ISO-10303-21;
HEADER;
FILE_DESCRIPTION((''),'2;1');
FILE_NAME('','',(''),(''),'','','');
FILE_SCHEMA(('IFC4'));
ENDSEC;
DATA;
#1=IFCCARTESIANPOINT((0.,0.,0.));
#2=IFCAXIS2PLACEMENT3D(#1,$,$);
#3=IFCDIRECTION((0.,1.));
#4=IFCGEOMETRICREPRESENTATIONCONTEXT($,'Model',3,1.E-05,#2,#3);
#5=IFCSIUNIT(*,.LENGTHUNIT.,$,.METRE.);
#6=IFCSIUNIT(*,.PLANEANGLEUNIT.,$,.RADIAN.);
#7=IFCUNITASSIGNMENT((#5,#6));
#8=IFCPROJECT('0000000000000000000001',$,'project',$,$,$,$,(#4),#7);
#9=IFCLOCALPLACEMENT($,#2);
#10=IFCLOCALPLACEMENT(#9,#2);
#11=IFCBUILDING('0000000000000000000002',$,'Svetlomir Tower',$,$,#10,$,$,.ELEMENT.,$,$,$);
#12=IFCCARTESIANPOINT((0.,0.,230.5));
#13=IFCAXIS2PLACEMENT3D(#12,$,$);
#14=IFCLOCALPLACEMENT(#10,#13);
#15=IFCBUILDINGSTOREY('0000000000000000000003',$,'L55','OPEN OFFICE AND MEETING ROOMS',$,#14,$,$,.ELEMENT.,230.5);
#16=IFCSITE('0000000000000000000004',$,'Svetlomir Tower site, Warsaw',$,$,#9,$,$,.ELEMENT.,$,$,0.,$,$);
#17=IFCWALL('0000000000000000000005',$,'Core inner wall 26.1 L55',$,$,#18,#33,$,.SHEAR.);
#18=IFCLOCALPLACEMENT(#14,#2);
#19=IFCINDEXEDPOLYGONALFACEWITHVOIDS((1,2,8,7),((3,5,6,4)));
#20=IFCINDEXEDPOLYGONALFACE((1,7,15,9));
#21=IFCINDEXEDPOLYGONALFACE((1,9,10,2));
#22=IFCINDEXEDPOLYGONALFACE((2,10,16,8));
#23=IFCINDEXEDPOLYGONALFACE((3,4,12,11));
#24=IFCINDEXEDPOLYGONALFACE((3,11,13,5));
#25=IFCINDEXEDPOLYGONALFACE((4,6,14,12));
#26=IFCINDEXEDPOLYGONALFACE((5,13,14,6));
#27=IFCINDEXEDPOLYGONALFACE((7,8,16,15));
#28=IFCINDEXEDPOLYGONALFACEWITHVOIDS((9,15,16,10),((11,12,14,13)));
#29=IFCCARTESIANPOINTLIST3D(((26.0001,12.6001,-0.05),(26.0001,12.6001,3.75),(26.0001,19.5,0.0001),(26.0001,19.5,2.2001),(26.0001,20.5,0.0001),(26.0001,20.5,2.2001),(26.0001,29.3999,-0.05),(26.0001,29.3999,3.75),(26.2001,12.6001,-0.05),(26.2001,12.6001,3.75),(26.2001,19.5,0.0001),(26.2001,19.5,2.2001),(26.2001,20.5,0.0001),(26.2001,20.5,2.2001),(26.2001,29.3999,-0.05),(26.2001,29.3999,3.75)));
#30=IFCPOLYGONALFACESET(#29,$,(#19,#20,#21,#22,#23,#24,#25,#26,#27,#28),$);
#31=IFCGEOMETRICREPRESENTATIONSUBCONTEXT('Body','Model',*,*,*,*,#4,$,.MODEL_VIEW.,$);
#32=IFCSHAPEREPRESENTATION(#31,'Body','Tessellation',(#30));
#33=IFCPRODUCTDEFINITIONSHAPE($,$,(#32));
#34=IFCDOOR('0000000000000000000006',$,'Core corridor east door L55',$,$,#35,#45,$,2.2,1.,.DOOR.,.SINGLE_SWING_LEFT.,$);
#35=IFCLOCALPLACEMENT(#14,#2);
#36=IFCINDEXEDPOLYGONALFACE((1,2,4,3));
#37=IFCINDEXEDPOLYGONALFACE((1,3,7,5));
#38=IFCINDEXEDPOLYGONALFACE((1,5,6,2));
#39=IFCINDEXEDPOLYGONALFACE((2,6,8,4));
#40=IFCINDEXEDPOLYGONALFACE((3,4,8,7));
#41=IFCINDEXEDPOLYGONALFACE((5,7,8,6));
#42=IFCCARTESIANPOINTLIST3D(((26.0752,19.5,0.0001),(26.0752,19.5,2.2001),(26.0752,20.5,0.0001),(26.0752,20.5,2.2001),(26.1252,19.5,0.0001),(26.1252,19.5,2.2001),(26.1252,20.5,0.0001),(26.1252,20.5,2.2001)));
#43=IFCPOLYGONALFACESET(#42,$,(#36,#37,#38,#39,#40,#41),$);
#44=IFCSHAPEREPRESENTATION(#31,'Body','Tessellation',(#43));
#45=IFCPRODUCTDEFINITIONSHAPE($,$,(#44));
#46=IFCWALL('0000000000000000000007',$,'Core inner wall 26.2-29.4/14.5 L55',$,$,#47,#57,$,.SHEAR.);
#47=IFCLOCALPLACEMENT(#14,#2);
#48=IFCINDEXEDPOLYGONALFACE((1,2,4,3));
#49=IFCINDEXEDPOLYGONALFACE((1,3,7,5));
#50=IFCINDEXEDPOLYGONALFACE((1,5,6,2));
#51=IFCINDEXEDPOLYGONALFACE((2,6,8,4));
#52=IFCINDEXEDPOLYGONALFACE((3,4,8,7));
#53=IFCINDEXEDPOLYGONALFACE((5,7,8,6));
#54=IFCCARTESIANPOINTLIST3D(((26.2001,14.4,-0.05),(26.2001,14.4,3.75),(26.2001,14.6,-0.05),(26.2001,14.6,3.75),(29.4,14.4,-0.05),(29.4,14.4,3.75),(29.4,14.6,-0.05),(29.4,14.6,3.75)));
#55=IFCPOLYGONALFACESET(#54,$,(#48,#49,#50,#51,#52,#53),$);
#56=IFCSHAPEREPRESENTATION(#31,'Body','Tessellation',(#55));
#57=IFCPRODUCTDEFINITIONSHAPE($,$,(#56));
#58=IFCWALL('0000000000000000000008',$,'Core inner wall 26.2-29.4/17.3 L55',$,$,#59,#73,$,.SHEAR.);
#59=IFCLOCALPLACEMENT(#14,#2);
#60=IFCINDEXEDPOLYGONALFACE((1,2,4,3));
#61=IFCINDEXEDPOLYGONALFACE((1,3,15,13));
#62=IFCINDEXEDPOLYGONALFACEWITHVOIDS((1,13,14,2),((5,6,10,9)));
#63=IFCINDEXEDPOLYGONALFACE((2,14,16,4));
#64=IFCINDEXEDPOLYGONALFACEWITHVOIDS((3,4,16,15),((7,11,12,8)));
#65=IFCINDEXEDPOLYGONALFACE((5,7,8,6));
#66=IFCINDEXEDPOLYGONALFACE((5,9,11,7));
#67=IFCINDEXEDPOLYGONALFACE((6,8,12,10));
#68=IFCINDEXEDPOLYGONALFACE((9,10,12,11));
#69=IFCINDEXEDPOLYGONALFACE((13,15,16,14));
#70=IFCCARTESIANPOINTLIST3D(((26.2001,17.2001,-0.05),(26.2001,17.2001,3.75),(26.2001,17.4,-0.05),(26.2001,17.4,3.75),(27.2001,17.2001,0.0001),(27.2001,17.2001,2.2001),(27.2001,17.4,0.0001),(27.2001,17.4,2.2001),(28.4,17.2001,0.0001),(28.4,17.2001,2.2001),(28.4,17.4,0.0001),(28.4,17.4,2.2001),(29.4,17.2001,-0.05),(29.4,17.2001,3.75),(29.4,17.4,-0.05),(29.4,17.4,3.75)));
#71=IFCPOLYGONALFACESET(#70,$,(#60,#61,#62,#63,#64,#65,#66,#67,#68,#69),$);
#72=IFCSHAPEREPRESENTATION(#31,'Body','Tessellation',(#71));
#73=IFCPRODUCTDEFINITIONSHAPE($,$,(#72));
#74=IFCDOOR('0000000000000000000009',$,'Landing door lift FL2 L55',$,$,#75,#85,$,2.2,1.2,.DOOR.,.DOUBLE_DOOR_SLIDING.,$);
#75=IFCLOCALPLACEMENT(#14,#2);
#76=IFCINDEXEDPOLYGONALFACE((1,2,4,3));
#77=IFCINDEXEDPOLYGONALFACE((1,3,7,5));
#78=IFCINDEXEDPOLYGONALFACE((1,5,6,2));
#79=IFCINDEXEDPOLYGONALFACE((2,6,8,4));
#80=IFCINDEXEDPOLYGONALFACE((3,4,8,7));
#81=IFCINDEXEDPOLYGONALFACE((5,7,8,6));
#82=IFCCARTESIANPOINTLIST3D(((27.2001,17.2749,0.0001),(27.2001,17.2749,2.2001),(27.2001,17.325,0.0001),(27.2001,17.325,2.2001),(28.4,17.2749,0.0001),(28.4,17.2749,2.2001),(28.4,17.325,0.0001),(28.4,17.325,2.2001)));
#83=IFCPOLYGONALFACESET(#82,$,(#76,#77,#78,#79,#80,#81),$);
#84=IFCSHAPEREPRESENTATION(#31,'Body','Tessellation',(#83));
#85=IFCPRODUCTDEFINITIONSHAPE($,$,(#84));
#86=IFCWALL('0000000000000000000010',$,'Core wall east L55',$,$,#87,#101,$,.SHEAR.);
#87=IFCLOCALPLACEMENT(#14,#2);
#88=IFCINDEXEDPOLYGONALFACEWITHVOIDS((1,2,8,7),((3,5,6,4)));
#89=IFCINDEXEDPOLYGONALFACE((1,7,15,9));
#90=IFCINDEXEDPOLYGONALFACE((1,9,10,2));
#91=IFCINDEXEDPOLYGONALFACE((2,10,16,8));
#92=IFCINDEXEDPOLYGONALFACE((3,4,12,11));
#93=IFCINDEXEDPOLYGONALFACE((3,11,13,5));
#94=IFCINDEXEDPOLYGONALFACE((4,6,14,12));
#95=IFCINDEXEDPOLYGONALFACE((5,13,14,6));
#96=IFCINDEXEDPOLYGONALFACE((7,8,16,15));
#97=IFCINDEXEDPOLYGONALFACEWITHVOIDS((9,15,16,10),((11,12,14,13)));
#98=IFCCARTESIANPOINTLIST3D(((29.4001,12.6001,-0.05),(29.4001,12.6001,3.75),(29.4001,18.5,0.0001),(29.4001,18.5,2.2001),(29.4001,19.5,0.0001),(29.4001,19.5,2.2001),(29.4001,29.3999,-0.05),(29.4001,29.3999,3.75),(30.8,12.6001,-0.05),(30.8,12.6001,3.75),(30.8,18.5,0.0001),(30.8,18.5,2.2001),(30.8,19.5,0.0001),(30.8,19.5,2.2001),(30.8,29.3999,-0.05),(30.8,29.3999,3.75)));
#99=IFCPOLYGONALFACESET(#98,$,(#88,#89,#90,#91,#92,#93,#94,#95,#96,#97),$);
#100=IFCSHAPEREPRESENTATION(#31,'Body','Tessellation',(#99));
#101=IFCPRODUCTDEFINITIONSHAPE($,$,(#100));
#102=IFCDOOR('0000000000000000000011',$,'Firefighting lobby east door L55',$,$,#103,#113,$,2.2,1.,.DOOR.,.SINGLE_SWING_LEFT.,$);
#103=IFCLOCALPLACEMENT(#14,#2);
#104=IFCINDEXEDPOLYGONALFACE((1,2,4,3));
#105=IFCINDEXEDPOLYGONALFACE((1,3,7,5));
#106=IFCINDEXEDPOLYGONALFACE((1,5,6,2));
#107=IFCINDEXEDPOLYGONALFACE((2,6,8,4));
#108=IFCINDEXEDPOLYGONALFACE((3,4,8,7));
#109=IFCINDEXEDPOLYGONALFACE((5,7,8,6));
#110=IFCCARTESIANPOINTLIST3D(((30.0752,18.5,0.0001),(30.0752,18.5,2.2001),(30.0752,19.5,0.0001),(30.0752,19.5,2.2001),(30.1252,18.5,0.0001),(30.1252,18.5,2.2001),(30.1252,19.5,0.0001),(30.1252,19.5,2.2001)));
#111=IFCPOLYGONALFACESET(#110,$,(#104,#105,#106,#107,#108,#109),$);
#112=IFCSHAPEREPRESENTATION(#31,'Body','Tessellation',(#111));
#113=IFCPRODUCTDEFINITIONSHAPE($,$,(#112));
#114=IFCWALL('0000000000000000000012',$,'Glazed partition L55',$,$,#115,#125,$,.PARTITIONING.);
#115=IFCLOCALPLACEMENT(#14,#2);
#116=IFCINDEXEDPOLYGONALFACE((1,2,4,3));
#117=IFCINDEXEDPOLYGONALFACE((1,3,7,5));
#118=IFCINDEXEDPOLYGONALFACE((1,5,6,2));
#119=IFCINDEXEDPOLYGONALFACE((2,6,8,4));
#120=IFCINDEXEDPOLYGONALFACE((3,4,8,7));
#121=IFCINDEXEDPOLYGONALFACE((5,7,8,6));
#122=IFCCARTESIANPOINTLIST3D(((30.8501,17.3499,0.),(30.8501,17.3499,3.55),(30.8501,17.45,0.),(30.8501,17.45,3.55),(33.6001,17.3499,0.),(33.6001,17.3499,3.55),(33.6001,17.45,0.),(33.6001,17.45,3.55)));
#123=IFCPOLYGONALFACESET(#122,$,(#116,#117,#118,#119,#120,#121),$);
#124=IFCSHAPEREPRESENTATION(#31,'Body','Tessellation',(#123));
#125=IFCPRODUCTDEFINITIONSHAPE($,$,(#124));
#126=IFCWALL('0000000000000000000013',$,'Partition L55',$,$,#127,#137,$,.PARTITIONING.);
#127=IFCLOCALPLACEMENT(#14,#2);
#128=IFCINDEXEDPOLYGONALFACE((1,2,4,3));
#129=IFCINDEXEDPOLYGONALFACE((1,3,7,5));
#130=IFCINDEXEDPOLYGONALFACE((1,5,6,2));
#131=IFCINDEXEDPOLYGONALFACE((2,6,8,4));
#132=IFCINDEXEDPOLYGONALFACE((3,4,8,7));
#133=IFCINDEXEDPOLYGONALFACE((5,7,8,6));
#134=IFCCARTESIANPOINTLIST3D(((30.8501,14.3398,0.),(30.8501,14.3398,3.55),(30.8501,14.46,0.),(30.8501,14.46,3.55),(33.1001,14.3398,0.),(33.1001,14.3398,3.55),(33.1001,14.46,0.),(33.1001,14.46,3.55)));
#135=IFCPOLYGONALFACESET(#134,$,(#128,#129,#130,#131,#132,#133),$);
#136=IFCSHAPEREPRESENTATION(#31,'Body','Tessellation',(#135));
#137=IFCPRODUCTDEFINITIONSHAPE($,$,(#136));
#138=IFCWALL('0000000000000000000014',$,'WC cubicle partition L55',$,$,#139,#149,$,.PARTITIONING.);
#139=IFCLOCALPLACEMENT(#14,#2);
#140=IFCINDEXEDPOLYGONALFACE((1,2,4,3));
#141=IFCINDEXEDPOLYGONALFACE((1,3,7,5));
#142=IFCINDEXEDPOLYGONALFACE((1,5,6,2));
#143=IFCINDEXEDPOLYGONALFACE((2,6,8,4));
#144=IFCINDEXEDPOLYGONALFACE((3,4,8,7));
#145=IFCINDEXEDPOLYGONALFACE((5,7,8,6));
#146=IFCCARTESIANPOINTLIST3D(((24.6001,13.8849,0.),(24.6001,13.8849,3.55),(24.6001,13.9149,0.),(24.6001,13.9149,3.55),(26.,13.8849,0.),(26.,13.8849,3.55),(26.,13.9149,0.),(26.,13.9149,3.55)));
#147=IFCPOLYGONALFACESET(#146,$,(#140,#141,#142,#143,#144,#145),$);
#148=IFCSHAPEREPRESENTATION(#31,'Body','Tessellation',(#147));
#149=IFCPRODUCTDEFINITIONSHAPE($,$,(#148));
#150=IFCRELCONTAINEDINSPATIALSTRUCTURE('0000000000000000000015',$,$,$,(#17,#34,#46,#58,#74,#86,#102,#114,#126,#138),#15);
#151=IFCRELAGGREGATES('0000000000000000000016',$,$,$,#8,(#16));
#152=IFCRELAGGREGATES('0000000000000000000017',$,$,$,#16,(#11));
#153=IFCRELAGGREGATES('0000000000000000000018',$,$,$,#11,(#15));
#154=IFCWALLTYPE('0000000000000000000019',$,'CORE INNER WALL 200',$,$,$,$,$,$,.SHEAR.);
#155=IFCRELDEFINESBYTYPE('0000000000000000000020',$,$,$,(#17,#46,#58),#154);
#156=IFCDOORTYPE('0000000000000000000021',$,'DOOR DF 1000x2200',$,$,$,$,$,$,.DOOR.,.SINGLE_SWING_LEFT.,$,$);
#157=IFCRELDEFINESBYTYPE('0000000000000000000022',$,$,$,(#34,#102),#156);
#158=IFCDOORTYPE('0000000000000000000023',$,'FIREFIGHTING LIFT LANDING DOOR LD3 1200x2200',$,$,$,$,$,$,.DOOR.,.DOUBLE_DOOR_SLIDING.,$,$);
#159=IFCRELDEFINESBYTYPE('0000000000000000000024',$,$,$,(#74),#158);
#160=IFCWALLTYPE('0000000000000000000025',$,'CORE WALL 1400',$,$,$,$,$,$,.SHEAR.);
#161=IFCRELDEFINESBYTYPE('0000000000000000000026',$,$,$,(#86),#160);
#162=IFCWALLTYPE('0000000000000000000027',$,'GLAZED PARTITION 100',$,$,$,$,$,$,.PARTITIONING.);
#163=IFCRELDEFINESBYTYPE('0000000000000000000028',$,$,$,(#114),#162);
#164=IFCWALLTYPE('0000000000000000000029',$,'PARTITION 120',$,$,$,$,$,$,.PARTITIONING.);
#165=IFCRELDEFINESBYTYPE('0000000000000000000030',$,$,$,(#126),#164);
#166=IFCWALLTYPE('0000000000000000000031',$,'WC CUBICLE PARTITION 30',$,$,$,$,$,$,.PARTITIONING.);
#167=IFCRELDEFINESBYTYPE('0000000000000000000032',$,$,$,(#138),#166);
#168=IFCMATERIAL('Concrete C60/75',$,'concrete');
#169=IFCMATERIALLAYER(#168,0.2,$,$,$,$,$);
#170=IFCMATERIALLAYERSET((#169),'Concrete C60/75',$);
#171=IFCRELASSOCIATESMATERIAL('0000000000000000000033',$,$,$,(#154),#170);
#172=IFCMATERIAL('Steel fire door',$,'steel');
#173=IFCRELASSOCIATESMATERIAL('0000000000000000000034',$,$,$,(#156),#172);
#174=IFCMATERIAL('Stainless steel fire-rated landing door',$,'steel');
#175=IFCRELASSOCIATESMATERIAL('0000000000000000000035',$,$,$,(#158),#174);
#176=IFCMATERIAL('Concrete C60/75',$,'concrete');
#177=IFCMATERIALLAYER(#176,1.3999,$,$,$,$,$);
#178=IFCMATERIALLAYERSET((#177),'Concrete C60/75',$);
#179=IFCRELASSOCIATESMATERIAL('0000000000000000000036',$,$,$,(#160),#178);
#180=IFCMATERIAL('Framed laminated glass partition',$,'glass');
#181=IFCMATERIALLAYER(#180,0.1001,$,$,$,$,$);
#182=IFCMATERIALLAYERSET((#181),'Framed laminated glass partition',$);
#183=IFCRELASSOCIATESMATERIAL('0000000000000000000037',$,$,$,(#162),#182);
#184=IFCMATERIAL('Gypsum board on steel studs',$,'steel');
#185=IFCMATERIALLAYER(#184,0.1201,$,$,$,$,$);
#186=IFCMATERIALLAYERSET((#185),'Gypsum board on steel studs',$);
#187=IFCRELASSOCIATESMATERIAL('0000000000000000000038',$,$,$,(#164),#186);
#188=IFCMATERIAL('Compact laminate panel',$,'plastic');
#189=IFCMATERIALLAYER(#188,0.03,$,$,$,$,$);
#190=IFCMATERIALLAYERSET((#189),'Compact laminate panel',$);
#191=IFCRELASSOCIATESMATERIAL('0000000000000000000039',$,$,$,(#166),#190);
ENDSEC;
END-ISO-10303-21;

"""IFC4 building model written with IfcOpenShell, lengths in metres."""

from ifc_helpers import new_model, si_unit, direction, frame, frame_2d, origin, place, context, subcontext, project, spatial, rectangle, extrude, material, layer, layer_set, type_object, element, fill, save


model = new_model("IFC4")

# Units and contexts
model_context = context("Model", 3, precision=1e-05, world=origin(), true_north=direction((0.0, 1.0)))
body_context = subcontext(model_context, "Body", "Model", "MODEL_VIEW")
ifc_project = project(units=[si_unit("LENGTHUNIT", "METRE"), si_unit("PLANEANGLEUNIT", "RADIAN")], contexts=[model_context])

# Site, building, storey
site_placement = place(None, origin())
site = spatial("IfcSite", under=ifc_project, at=site_placement, Name="Svetlomir Tower site, Warsaw", CompositionType="ELEMENT", RefElevation=0.0)
building_placement = place(site_placement, origin())
building = spatial("IfcBuilding", under=site, at=building_placement, Name="Svetlomir Tower", CompositionType="ELEMENT")
storey_placement = place(building_placement, frame((0.0, 0.0, 230.5)))
storey = spatial("IfcBuildingStorey", under=building, at=storey_placement, Name="L55", Description="OPEN OFFICE AND MEETING ROOMS", CompositionType="ELEMENT", Elevation=230.5)

# Wall, opening, door
ifc_material_1 = material(Name="Concrete C60/75", Category="concrete")
ifc_layer_1 = layer(ifc_material_1, 0.2)
ifc_layer_set_1 = layer_set([ifc_layer_1], Name="Concrete C60/75")
wall_type_1 = type_object("IfcWallType", Name="CORE INNER WALL 200", PredefinedType="SHEAR", material=ifc_layer_set_1)
wall_1_placement = place(storey_placement, frame((26.1001, 12.6001, -0.05), z_axis=(0.0, 0.0, 1.0), x_axis=(0.0, 1.0, 0.0)))
wall_1 = element("IfcWall", 1, at=wall_1_placement, inside=storey, type_object=wall_type_1, Name="Core inner wall 26.1 L55", PredefinedType="SHEAR", context=body_context, shape_type="SweptSolid", body=[
    extrude(rectangle(XDim=16.7998, YDim=0.2, at=frame_2d((8.3999, 0.0))), origin(), (0.0, 0.0, 1.0), 3.8),
])
opening_1_placement = place(wall_1_placement, frame((6.8999, 0.0, 0.05)))
opening_1 = element("IfcOpeningElement", 2, at=opening_1_placement, cuts=wall_1, PredefinedType="OPENING", context=body_context, shape_type="SweptSolid", body=[
    extrude(rectangle(XDim=1.0, YDim=2.2, at=frame_2d((0.5, 1.1001))), frame((0.0, 0.1099, 0.0), z_axis=(0.0, -1.0, 0.0), x_axis=(1.0, 0.0, 0.0)), (0.0, 0.0, 1.0), 0.22),
])
ifc_material_2 = material(Name="Steel fire door", Category="steel")
door_type_1 = type_object("IfcDoorType", Name="DOOR DF 1000x2200", OperationType="SINGLE_SWING_LEFT", PredefinedType="DOOR", material=ifc_material_2)
door_1_placement = place(opening_1_placement, origin())
door_1 = element("IfcDoor", 3, at=door_1_placement, inside=storey, type_object=door_type_1, Name="Core corridor east door L55", OperationType="SINGLE_SWING_LEFT", OverallHeight=2.2, OverallWidth=1.0, PredefinedType="DOOR", context=body_context, shape_type="SweptSolid", body=[
    extrude(rectangle(XDim=1.0, YDim=2.2, at=frame_2d((0.5, 1.1001))), frame((0.0, 0.0249, 0.0), z_axis=(0.0, -1.0, 0.0), x_axis=(1.0, 0.0, 0.0)), (0.0, 0.0, 1.0), 0.05),
])
fill(opening_1, door_1)

# Wall
wall_2_placement = place(storey_placement, frame((26.2, 14.5, -0.05), z_axis=(0.0, 0.0, 1.0), x_axis=(1.0, 0.0, 0.0)))
element("IfcWall", 4, at=wall_2_placement, inside=storey, type_object=wall_type_1, Name="Core inner wall 26.2-29.4/14.5 L55", PredefinedType="SHEAR", context=body_context, shape_type="SweptSolid", body=[
    extrude(rectangle(XDim=3.2, YDim=0.2, at=frame_2d((1.6001, 0.0))), origin(), (0.0, 0.0, 1.0), 3.8),
])

# Walls, openings, doors
wall_3_placement = place(storey_placement, frame((26.2, 17.3, -0.05), z_axis=(0.0, 0.0, 1.0), x_axis=(1.0, 0.0, 0.0)))
wall_3 = element("IfcWall", 5, at=wall_3_placement, inside=storey, type_object=wall_type_1, Name="Core inner wall 26.2-29.4/17.3 L55", PredefinedType="SHEAR", context=body_context, shape_type="SweptSolid", body=[
    extrude(rectangle(XDim=3.2, YDim=0.2, at=frame_2d((1.6001, 0.0))), origin(), (0.0, 0.0, 1.0), 3.8),
])
opening_2_placement = place(wall_3_placement, frame((1.0, 0.0, 0.05)))
opening_2 = element("IfcOpeningElement", 6, at=opening_2_placement, cuts=wall_3, PredefinedType="OPENING", context=body_context, shape_type="SweptSolid", body=[
    extrude(rectangle(XDim=1.2, YDim=2.2, at=frame_2d((0.6001, 1.1001))), frame((0.0, 0.1099, 0.0), z_axis=(0.0, -1.0, 0.0), x_axis=(1.0, 0.0, 0.0)), (0.0, 0.0, 1.0), 0.22),
])
ifc_material_3 = material(Name="Stainless steel fire-rated landing door", Category="steel")
door_type_2 = type_object("IfcDoorType", Name="FIREFIGHTING LIFT LANDING DOOR LD3 1200x2200", OperationType="DOUBLE_DOOR_SLIDING", PredefinedType="DOOR", material=ifc_material_3)
door_2_placement = place(opening_2_placement, origin())
door_2 = element("IfcDoor", 7, at=door_2_placement, inside=storey, type_object=door_type_2, Name="Landing door lift FL2 L55", OperationType="DOUBLE_DOOR_SLIDING", OverallHeight=2.2, OverallWidth=1.2, PredefinedType="DOOR", context=body_context, shape_type="SweptSolid", body=[
    extrude(rectangle(XDim=1.2, YDim=2.2, at=frame_2d((0.6001, 1.1001))), frame((0.0, 0.0249, 0.0), z_axis=(0.0, -1.0, 0.0), x_axis=(1.0, 0.0, 0.0)), (0.0, 0.0, 1.0), 0.05),
])
fill(opening_2, door_2)
ifc_material_4 = material(Name="Concrete C60/75", Category="concrete")
ifc_layer_2 = layer(ifc_material_4, 1.3999)
ifc_layer_set_2 = layer_set([ifc_layer_2], Name="Concrete C60/75")
wall_type_2 = type_object("IfcWallType", Name="CORE WALL 1400", PredefinedType="SHEAR", material=ifc_layer_set_2)
wall_4_placement = place(storey_placement, frame((30.1001, 12.6001, -0.05), z_axis=(0.0, 0.0, 1.0), x_axis=(0.0, 1.0, 0.0)))
wall_4 = element("IfcWall", 8, at=wall_4_placement, inside=storey, type_object=wall_type_2, Name="Core wall east L55", PredefinedType="SHEAR", context=body_context, shape_type="SweptSolid", body=[
    extrude(rectangle(XDim=16.7998, YDim=1.3999, at=frame_2d((8.3999, 0.0))), origin(), (0.0, 0.0, 1.0), 3.8),
])
opening_3_placement = place(wall_4_placement, frame((5.8999, 0.0, 0.05)))
opening_3 = element("IfcOpeningElement", 9, at=opening_3_placement, cuts=wall_4, PredefinedType="OPENING", context=body_context, shape_type="SweptSolid", body=[
    extrude(rectangle(XDim=1.0, YDim=2.2, at=frame_2d((0.5, 1.1001))), frame((0.0, 0.71, 0.0), z_axis=(0.0, -1.0, 0.0), x_axis=(1.0, 0.0, 0.0)), (0.0, 0.0, 1.0), 1.4199),
])
door_3_placement = place(opening_3_placement, origin())
door_3 = element("IfcDoor", 10, at=door_3_placement, inside=storey, type_object=door_type_1, Name="Firefighting lobby east door L55", OperationType="SINGLE_SWING_LEFT", OverallHeight=2.2, OverallWidth=1.0, PredefinedType="DOOR", context=body_context, shape_type="SweptSolid", body=[
    extrude(rectangle(XDim=1.0, YDim=2.2, at=frame_2d((0.5, 1.1001))), frame((0.0, 0.0249, 0.0), z_axis=(0.0, -1.0, 0.0), x_axis=(1.0, 0.0, 0.0)), (0.0, 0.0, 1.0), 0.05),
])
fill(opening_3, door_3)

# Walls
ifc_material_5 = material(Name="Framed laminated glass partition", Category="glass")
ifc_layer_3 = layer(ifc_material_5, 0.1001)
ifc_layer_set_3 = layer_set([ifc_layer_3], Name="Framed laminated glass partition")
wall_type_3 = type_object("IfcWallType", Name="GLAZED PARTITION 100", PredefinedType="PARTITIONING", material=ifc_layer_set_3)
wall_5_placement = place(storey_placement, frame((30.8501, 17.3999, 0.0), z_axis=(0.0, 0.0, 1.0), x_axis=(1.0, 0.0, 0.0)))
element("IfcWall", 11, at=wall_5_placement, inside=storey, type_object=wall_type_3, Name="Glazed partition L55", PredefinedType="PARTITIONING", context=body_context, shape_type="SweptSolid", body=[
    extrude(rectangle(XDim=2.75, YDim=0.1001, at=frame_2d((1.375, 0.0))), origin(), (0.0, 0.0, 1.0), 3.55),
])
ifc_material_6 = material(Name="Gypsum board on steel studs", Category="steel")
ifc_layer_4 = layer(ifc_material_6, 0.1201)
ifc_layer_set_4 = layer_set([ifc_layer_4], Name="Gypsum board on steel studs")
wall_type_4 = type_object("IfcWallType", Name="PARTITION 120", PredefinedType="PARTITIONING", material=ifc_layer_set_4)
wall_6_placement = place(storey_placement, frame((30.8501, 14.3999, 0.0), z_axis=(0.0, 0.0, 1.0), x_axis=(1.0, 0.0, 0.0)))
element("IfcWall", 12, at=wall_6_placement, inside=storey, type_object=wall_type_4, Name="Partition L55", PredefinedType="PARTITIONING", context=body_context, shape_type="SweptSolid", body=[
    extrude(rectangle(XDim=2.25, YDim=0.1201, at=frame_2d((1.125, 0.0))), origin(), (0.0, 0.0, 1.0), 3.55),
])
ifc_material_7 = material(Name="Compact laminate panel", Category="plastic")
ifc_layer_5 = layer(ifc_material_7, 0.03)
ifc_layer_set_5 = layer_set([ifc_layer_5], Name="Compact laminate panel")
wall_type_5 = type_object("IfcWallType", Name="WC CUBICLE PARTITION 30", PredefinedType="PARTITIONING", material=ifc_layer_set_5)
wall_7_placement = place(storey_placement, frame((24.6001, 13.8999, 0.0), z_axis=(0.0, 0.0, 1.0), x_axis=(1.0, 0.0, 0.0)))
element("IfcWall", 13, at=wall_7_placement, inside=storey, type_object=wall_type_5, Name="WC cubicle partition L55", PredefinedType="PARTITIONING", context=body_context, shape_type="SweptSolid", body=[
    extrude(rectangle(XDim=1.3999, YDim=0.03, at=frame_2d((0.7, 0.0))), origin(), (0.0, 0.0, 1.0), 3.55),
])

save(model, "model.ifc")
